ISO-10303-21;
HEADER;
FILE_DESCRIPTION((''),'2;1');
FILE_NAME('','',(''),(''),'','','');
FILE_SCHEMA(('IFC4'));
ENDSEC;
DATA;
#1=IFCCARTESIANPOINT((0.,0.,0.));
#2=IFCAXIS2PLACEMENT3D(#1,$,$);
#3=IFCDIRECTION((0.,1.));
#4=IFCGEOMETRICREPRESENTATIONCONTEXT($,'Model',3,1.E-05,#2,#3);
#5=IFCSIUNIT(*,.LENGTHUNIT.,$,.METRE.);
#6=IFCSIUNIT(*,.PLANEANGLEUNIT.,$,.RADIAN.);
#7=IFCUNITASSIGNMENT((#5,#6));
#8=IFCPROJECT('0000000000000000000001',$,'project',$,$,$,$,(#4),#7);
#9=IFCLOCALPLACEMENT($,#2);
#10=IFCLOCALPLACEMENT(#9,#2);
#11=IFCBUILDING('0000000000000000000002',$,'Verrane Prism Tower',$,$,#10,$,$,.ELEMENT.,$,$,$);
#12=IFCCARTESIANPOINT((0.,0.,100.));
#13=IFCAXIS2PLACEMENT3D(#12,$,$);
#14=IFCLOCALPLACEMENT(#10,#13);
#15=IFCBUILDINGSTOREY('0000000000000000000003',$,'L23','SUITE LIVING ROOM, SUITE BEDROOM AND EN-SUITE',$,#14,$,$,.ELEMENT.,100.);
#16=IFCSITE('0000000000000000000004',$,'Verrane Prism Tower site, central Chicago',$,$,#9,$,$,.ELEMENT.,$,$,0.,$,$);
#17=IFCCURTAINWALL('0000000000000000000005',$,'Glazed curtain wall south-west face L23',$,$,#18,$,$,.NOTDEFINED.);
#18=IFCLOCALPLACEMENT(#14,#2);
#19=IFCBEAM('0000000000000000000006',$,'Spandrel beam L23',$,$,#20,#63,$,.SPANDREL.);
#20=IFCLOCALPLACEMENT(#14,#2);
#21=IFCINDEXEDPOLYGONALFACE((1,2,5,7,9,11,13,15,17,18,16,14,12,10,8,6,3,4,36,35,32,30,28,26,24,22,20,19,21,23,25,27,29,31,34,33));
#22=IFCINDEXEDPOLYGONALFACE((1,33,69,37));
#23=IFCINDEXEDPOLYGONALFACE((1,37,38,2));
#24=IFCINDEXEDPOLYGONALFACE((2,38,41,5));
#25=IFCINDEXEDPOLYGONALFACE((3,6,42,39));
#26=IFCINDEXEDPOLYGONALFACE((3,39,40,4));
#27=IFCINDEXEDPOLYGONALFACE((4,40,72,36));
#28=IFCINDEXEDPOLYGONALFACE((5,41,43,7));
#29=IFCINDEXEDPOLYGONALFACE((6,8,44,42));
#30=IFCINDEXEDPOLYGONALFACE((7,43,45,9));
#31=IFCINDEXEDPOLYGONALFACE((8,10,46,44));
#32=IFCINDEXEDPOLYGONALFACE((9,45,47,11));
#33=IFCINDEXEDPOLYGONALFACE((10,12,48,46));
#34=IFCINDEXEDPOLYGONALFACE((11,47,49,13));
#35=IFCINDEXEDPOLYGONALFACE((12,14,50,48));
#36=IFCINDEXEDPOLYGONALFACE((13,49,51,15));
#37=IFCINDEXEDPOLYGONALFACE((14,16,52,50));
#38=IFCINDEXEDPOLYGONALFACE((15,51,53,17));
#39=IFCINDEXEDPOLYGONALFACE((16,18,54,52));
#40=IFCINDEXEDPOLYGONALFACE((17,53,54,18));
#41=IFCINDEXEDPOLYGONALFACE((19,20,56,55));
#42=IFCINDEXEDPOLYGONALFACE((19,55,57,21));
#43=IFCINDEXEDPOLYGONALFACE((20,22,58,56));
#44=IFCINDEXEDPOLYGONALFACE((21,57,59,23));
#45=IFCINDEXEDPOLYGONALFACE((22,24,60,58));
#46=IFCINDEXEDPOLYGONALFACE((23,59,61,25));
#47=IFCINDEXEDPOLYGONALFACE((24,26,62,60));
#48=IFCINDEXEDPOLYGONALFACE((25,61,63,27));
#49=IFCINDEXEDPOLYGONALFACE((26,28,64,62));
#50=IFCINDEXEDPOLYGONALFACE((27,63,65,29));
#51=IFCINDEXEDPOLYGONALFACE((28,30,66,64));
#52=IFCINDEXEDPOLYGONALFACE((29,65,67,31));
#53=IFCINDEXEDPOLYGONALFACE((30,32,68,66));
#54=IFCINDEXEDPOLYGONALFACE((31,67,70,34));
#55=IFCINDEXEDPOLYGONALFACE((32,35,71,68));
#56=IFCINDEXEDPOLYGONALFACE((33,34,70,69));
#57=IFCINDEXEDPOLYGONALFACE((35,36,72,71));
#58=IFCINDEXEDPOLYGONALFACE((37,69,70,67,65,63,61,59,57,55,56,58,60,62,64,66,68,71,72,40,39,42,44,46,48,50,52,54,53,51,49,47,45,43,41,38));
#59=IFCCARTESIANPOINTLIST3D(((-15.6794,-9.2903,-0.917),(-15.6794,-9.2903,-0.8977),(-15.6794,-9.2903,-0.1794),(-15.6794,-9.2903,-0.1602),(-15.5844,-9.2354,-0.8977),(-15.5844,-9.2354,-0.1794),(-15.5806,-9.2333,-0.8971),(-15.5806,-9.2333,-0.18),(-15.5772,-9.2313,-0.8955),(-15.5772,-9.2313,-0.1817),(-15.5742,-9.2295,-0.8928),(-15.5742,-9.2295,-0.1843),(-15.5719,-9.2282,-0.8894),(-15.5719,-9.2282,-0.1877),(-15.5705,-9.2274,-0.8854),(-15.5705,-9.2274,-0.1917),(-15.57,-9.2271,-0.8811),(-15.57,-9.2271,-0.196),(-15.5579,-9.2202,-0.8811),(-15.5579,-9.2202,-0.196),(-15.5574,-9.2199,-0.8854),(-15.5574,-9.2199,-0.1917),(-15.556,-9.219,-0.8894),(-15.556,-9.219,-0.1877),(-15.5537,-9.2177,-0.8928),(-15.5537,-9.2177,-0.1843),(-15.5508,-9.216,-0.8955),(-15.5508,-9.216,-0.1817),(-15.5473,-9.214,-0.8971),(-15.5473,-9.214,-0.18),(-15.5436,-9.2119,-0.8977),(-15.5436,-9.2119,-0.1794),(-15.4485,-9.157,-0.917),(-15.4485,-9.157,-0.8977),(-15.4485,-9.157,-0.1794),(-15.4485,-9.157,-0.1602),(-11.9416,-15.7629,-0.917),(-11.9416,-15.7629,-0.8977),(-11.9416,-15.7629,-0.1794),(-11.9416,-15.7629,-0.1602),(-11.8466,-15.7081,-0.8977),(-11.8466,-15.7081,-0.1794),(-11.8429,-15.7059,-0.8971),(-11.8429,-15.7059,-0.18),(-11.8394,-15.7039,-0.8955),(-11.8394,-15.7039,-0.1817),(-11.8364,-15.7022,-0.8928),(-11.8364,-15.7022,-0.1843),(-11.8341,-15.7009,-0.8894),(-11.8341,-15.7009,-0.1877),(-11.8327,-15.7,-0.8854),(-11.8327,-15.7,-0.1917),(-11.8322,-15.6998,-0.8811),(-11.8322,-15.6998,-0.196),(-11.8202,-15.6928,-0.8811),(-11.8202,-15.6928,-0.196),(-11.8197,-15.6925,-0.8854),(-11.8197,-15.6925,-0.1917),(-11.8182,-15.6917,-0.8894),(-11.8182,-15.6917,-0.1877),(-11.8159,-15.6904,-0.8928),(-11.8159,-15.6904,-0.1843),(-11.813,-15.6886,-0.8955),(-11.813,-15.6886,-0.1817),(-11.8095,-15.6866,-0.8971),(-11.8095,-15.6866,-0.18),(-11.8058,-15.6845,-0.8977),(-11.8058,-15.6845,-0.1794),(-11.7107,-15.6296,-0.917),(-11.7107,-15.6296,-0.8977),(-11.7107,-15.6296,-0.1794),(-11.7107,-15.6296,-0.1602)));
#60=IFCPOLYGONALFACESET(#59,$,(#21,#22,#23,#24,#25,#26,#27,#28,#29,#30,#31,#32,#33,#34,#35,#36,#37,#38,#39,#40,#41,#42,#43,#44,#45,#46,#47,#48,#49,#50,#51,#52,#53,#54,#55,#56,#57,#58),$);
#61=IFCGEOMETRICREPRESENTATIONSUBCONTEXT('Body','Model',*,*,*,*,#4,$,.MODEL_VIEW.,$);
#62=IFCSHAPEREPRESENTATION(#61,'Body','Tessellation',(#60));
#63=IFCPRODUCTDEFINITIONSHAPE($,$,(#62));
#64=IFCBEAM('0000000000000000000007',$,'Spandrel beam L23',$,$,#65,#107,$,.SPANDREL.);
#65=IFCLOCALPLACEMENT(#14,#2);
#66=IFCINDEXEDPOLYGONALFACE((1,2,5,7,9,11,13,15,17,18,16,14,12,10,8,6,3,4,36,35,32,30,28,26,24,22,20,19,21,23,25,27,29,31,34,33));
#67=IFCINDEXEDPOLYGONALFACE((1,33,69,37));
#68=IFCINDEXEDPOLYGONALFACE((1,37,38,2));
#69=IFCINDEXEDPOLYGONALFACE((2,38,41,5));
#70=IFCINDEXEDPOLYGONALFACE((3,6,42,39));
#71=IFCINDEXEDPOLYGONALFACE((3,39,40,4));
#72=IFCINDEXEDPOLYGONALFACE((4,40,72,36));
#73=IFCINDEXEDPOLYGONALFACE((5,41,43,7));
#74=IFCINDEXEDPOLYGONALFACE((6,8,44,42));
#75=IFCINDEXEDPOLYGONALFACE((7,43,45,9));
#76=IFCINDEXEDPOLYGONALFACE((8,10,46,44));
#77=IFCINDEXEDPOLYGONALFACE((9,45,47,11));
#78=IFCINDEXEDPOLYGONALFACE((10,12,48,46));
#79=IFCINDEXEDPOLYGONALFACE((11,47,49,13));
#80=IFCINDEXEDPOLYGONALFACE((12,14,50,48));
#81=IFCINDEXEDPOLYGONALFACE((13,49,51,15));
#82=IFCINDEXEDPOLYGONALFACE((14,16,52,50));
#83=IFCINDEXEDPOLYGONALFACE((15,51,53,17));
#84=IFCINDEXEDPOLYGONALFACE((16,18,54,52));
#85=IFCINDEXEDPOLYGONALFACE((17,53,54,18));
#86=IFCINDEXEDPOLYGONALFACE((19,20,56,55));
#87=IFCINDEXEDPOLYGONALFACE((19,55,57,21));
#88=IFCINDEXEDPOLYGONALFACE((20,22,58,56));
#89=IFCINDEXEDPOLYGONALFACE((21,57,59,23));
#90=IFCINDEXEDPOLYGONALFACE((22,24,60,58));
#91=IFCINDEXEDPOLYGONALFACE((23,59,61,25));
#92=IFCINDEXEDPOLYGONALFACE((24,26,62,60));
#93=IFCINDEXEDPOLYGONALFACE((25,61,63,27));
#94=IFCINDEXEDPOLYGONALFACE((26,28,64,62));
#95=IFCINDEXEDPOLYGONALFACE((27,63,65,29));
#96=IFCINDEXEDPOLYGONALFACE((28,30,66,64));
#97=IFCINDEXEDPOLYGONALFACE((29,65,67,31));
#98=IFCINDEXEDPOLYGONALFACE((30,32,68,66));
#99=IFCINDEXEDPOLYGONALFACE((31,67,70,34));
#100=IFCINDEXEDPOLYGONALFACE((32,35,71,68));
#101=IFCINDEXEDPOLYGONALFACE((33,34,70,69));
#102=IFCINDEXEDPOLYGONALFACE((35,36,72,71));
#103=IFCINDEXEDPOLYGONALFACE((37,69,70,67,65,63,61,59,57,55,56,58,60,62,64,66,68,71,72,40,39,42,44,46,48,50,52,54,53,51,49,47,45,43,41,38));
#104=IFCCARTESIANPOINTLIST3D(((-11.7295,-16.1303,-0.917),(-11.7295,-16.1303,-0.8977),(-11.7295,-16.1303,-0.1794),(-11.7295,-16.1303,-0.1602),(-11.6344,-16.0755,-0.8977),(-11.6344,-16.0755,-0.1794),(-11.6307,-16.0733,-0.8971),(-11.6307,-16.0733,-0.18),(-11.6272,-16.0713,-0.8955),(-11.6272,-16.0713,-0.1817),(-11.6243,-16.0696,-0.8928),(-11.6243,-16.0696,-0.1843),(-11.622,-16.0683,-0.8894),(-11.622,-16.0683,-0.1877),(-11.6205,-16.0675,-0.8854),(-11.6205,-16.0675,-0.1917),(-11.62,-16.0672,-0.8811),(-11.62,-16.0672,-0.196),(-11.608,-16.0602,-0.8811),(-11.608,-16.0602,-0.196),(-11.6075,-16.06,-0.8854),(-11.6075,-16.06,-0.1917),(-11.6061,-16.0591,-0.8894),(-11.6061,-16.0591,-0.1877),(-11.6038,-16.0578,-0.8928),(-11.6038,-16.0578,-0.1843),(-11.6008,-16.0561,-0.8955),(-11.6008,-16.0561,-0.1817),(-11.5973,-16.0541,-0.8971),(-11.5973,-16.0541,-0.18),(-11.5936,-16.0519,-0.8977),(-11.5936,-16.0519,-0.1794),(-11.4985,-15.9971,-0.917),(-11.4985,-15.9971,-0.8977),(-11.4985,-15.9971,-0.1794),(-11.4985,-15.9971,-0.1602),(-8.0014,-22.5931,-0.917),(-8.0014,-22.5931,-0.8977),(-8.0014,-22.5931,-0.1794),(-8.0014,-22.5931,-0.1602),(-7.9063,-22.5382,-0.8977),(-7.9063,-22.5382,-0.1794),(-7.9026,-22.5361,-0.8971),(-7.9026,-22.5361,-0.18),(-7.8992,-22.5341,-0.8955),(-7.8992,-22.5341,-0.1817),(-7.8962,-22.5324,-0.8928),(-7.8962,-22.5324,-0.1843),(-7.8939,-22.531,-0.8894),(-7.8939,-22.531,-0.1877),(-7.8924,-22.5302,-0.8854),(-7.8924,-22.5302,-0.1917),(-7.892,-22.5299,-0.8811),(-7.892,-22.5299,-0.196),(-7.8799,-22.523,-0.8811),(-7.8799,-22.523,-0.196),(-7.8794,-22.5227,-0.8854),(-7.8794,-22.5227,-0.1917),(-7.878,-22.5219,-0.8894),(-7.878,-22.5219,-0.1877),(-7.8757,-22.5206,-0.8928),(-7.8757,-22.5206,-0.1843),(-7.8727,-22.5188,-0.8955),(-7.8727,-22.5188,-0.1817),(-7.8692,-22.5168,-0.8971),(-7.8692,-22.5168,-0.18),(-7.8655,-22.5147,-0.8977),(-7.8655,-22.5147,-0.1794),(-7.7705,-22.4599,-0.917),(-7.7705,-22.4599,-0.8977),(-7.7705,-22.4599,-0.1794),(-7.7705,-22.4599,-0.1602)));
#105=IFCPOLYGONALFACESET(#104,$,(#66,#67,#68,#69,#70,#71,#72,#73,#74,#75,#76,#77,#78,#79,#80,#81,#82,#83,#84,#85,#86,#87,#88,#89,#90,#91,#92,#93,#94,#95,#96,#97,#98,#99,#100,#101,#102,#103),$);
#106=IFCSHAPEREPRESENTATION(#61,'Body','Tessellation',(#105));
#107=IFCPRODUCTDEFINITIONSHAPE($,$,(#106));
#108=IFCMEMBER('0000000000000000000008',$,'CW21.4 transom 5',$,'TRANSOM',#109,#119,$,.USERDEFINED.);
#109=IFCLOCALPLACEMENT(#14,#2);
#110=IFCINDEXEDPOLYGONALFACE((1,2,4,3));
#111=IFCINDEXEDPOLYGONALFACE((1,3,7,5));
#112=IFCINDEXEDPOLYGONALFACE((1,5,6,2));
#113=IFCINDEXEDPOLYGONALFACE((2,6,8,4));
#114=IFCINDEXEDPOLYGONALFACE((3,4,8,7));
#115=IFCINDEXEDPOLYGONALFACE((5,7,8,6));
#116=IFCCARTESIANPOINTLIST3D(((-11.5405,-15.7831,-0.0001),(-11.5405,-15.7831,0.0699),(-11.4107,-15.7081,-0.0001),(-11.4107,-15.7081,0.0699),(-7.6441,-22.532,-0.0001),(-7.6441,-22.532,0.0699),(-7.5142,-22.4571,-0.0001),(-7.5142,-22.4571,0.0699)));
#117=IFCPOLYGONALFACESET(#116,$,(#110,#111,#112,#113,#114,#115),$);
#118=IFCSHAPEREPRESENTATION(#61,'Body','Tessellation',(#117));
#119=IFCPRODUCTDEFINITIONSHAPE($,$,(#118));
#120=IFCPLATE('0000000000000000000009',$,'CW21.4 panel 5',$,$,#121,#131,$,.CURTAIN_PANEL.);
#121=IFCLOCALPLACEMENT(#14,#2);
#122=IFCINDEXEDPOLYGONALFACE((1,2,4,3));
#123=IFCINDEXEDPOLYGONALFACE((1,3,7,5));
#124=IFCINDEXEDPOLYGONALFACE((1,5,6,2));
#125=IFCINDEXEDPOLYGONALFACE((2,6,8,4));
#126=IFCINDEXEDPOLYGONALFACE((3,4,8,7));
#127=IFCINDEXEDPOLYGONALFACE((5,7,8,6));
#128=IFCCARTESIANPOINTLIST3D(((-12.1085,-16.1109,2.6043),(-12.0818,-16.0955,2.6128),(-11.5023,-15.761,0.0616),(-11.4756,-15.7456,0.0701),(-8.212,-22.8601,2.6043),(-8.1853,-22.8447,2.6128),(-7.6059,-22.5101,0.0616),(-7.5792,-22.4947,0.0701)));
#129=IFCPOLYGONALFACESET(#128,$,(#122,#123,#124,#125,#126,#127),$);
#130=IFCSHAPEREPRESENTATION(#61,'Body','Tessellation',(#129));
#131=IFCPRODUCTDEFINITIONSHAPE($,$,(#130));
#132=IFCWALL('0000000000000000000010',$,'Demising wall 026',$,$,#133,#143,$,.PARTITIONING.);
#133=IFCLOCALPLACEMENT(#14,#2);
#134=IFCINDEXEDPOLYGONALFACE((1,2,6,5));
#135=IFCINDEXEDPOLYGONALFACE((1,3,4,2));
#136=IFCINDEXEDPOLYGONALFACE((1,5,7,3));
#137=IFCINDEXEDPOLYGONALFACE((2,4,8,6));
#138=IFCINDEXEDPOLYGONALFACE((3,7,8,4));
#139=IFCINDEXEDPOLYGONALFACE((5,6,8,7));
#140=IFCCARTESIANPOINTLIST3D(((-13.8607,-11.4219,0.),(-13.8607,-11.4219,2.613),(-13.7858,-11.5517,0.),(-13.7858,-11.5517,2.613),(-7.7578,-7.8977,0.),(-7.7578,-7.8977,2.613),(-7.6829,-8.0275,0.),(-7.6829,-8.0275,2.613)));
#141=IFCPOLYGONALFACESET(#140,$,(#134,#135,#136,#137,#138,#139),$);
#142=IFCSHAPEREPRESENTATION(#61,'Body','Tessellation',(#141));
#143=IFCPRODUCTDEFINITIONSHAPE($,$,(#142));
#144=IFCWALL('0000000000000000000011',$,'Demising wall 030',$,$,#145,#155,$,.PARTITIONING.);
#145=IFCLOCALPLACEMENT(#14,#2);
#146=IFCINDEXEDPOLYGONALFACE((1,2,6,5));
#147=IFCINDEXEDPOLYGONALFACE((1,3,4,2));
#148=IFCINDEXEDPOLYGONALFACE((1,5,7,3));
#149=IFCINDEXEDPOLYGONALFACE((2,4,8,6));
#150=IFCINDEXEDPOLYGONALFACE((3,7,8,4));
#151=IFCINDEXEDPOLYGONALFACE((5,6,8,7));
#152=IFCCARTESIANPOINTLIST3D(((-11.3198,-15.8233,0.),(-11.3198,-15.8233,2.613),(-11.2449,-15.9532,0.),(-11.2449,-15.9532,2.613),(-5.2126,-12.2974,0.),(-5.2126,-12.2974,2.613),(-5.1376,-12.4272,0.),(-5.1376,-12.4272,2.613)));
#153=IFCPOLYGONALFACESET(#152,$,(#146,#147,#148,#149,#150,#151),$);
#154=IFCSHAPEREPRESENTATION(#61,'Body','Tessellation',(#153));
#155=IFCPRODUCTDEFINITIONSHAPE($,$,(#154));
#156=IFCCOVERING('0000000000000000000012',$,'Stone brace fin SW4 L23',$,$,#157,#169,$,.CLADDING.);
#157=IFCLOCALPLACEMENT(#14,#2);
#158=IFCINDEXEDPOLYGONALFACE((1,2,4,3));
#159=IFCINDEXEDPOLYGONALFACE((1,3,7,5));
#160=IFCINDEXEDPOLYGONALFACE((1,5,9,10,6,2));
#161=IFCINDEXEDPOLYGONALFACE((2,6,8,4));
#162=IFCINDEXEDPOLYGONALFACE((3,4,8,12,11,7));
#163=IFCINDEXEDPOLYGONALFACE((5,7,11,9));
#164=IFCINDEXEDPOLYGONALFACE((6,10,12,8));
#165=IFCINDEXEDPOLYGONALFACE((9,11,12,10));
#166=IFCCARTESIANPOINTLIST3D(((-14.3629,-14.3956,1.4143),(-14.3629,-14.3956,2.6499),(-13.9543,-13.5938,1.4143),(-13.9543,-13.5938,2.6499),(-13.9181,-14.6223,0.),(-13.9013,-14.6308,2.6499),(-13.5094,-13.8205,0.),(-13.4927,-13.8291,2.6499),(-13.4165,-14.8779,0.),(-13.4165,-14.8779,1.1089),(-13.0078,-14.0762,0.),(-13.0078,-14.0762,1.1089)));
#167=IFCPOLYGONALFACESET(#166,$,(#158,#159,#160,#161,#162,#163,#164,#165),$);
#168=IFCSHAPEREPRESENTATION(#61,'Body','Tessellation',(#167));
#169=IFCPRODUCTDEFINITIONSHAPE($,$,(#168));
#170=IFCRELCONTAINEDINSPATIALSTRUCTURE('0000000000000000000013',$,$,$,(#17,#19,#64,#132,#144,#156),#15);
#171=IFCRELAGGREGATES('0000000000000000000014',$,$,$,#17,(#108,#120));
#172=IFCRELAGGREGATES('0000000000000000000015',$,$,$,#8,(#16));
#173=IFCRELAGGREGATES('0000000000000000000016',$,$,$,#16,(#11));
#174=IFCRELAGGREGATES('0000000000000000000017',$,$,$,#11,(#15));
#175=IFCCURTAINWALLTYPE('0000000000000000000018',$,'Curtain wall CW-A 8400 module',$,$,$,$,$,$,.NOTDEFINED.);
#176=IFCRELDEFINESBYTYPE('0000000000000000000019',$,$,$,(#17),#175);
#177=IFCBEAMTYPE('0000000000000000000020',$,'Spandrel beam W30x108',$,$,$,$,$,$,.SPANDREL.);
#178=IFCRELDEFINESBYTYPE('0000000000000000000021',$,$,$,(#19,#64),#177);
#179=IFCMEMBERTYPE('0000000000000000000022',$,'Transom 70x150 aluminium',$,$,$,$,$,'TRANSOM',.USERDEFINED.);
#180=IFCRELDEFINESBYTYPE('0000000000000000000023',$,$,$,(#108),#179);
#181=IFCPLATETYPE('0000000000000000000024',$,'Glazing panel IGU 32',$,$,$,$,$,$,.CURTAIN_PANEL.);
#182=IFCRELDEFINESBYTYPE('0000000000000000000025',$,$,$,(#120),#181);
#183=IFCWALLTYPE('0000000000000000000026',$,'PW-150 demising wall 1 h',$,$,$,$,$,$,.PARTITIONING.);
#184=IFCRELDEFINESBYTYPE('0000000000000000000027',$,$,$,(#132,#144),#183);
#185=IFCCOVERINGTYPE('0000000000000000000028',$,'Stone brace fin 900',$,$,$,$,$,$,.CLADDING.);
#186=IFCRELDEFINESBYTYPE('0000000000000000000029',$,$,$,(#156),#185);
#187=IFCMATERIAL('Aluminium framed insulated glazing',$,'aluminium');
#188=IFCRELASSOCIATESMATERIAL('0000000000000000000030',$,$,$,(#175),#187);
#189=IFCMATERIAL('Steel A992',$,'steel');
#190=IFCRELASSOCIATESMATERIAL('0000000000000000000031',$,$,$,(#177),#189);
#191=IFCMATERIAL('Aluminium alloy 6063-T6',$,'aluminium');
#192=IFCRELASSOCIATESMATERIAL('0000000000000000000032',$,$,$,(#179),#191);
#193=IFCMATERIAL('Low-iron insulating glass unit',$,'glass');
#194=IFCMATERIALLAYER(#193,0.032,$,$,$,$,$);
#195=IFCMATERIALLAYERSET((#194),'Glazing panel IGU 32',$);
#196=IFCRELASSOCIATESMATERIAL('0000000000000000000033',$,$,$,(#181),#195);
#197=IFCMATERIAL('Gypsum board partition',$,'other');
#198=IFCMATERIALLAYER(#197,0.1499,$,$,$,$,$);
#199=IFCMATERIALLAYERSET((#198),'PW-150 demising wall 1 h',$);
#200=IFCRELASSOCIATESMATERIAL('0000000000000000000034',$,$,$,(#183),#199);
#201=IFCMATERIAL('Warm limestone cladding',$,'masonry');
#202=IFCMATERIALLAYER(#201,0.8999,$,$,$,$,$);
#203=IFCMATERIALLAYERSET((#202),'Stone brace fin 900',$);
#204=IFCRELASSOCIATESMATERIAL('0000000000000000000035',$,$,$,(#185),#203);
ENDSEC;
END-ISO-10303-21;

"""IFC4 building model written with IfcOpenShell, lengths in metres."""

from ifc_helpers import new_model, si_unit, direction, frame, frame_2d, origin, origin_2d, place, context, subcontext, project, spatial, polyline, rectangle, i_section, outline, extrude, material, layer, layer_set, material_profile, profile_set, type_object, element, aggregate, save


model = new_model("IFC4")

# Units and contexts
model_context = context("Model", 3, precision=1e-05, world=origin(), true_north=direction((0.0, 1.0)))
body_context = subcontext(model_context, "Body", "Model", "MODEL_VIEW")
ifc_project = project(units=[si_unit("LENGTHUNIT", "METRE"), si_unit("PLANEANGLEUNIT", "RADIAN")], contexts=[model_context])

# Site, building, storey
site_placement = place(None, origin())
site = spatial("IfcSite", under=ifc_project, at=site_placement, Name="Verrane Prism Tower site, central Chicago", CompositionType="ELEMENT", RefElevation=0.0)
building_placement = place(site_placement, origin())
building = spatial("IfcBuilding", under=site, at=building_placement, Name="Verrane Prism Tower", CompositionType="ELEMENT")
storey_placement = place(building_placement, frame((0.0, 0.0, 100.0)))
storey = spatial("IfcBuildingStorey", under=building, at=storey_placement, Name="L23", Description="SUITE LIVING ROOM, SUITE BEDROOM AND EN-SUITE", CompositionType="ELEMENT", Elevation=100.0)

# Curtain wall
ifc_material_1 = material(Name="Aluminium framed insulated glazing", Category="aluminium")
curtain_wall_type = type_object("IfcCurtainWallType", Name="Curtain wall CW-A 8400 module", PredefinedType="NOTDEFINED", material=ifc_material_1)
curtain_wall_placement = place(storey_placement, origin())
curtain_wall = element("IfcCurtainWall", 1, at=curtain_wall_placement, inside=storey, type_object=curtain_wall_type, Name="Glazed curtain wall south-west face L23", PredefinedType="NOTDEFINED")

# Beams
ifc_material_2 = material(Name="Steel A992", Category="steel")
ifc_material_profile_1 = material_profile(ifc_material_2, i_section(OverallWidth=0.2666, OverallDepth=0.7568, WebThickness=0.0139, FlangeThickness=0.0193, FilletRadius=0.0166, at=origin_2d()), Name="W30x108")
ifc_profile_set_1 = profile_set([ifc_material_profile_1], Name="Steel A992")
beam_type_1 = type_object("IfcBeamType", Name="Spandrel beam W30x108", PredefinedType="SPANDREL", material=ifc_profile_set_1)
beam_1_placement = place(storey_placement, frame((-15.564, -9.2236, -0.5386), z_axis=(0.500081, -0.865979, 0.0), x_axis=(0.865979, 0.500081, 0.0)))
element("IfcBeam", 2, at=beam_1_placement, inside=storey, type_object=beam_type_1, Name="Spandrel beam L23", PredefinedType="SPANDREL", context=body_context, shape_type="SweptSolid", body=[
    extrude(i_section(OverallWidth=0.2666, OverallDepth=0.7568, WebThickness=0.0139, FlangeThickness=0.0193, FilletRadius=0.0166, at=origin_2d()), origin(), (0.0, 0.0, 1.0), 7.4744),
])
beam_2_placement = place(storey_placement, frame((-11.614, -16.0637, -0.5386), z_axis=(0.49968, -0.86621, 0.0), x_axis=(0.86621, 0.49968, 0.0)))
element("IfcBeam", 3, at=beam_2_placement, inside=storey, type_object=beam_type_1, Name="Spandrel beam L23", PredefinedType="SPANDREL", context=body_context, shape_type="SweptSolid", body=[
    extrude(i_section(OverallWidth=0.2666, OverallDepth=0.7568, WebThickness=0.0139, FlangeThickness=0.0193, FilletRadius=0.0166, at=origin_2d()), origin(), (0.0, 0.0, 1.0), 7.4609),
])

# Member
ifc_material_3 = material(Name="Aluminium alloy 6063-T6", Category="aluminium")
ifc_material_profile_2 = material_profile(ifc_material_3, rectangle(XDim=0.1499, YDim=0.0701, at=origin_2d()), Name="Transom 70x150 aluminium")
ifc_profile_set_2 = profile_set([ifc_material_profile_2], Name="Aluminium alloy 6063-T6")
member_type_1 = type_object("IfcMemberType", Name="Transom 70x150 aluminium", ElementType="TRANSOM", PredefinedType="USERDEFINED", material=ifc_profile_set_2)
member_1_placement = place(storey_placement, frame((-11.4756, -15.7456, 0.0349), z_axis=(0.499994, -0.866029, 0.0), x_axis=(0.866029, 0.499994, 0.0)))
member_1 = element("IfcMember", 4, at=member_1_placement, type_object=member_type_1, Name="CW21.4 transom 5", ObjectType="TRANSOM", PredefinedType="USERDEFINED", context=body_context, shape_type="SweptSolid", body=[
    extrude(rectangle(XDim=0.1499, YDim=0.0701, at=origin_2d()), origin(), (0.0, 0.0, 1.0), 7.793),
])

# Plate
ifc_material_4 = material(Name="Low-iron insulating glass unit", Category="glass")
ifc_layer_1 = layer(ifc_material_4, 0.032)
ifc_layer_set_1 = layer_set([ifc_layer_1], Name="Glazing panel IGU 32")
plate_type = type_object("IfcPlateType", Name="Glazing panel IGU 32", PredefinedType="CURTAIN_PANEL", material=ifc_layer_set_1)
plate_placement = place(storey_placement, frame((-11.4756, -15.7456, 0.0701), z_axis=(0.834973, 0.482055, 0.265412), x_axis=(0.499987, -0.866033, -0.000002)))
plate = element("IfcPlate", 5, at=plate_placement, type_object=plate_type, Name="CW21.4 panel 5", PredefinedType="CURTAIN_PANEL", context=body_context, shape_type="SweptSolid", body=[
    extrude(outline(polyline([(0.0, 0.0), (7.7931, 0.0), (7.7932, -2.6373), (-0.0001, -2.6373), (0.0, 0.0)])), origin(), (0.0, 0.0, -1.0), 0.032),
])
aggregate(curtain_wall, [member_1, plate])

# Walls
ifc_material_5 = material(Name="Gypsum board partition", Category="other")
ifc_layer_2 = layer(ifc_material_5, 0.1499)
ifc_layer_set_2 = layer_set([ifc_layer_2], Name="PW-150 demising wall 1 h")
wall_type = type_object("IfcWallType", Name="PW-150 demising wall 1 h", PredefinedType="PARTITIONING", material=ifc_layer_set_2)
wall_1_placement = place(storey_placement, frame((-13.8232, -11.4868, 0.0), z_axis=(0.0, 0.0, 1.0), x_axis=(0.865981, 0.500077, 0.0)))
element("IfcWall", 6, at=wall_1_placement, inside=storey, type_object=wall_type, Name="Demising wall 026", PredefinedType="PARTITIONING", context=body_context, shape_type="SweptSolid", body=[
    extrude(rectangle(XDim=7.0474, YDim=0.1499, at=frame_2d((3.5237, 0.0))), origin(), (0.0, 0.0, 1.0), 2.613),
])
wall_2_placement = place(storey_placement, frame((-11.2822, -15.8882, 0.0), z_axis=(0.0, 0.0, 1.0), x_axis=(0.866032, 0.499989, 0.0)))
element("IfcWall", 7, at=wall_2_placement, inside=storey, type_object=wall_type, Name="Demising wall 030", PredefinedType="PARTITIONING", context=body_context, shape_type="SweptSolid", body=[
    extrude(rectangle(XDim=7.052, YDim=0.1499, at=frame_2d((3.5259, 0.0))), origin(), (0.0, 0.0, 1.0), 2.613),
])

# Covering
ifc_material_6 = material(Name="Warm limestone cladding", Category="masonry")
ifc_layer_3 = layer(ifc_material_6, 0.8999)
ifc_layer_set_3 = layer_set([ifc_layer_3], Name="Stone brace fin 900")
covering_type = type_object("IfcCoveringType", Name="Stone brace fin 900", PredefinedType="CLADDING", material=ifc_layer_set_3)
covering_placement = place(storey_placement, frame((-13.2122, -14.4771, 0.0), z_axis=(0.0, 0.0, 1.0), x_axis=(-0.890954, 0.454094, 0.0)))
element("IfcCovering", 8, at=covering_placement, inside=storey, type_object=covering_type, Name="Stone brace fin SW4 L23", PredefinedType="CLADDING", context=body_context, shape_type="SweptSolid", body=[
    extrude(outline(polyline([(1.0623, 2.6499), (0.5442, 2.6499), (0.0, 1.1089), (0.0, 0.0), (0.563, 0.0), (1.0623, 1.4143), (1.0623, 2.6499)])), frame((0.0, 0.45, 0.0), z_axis=(0.0, -1.0, 0.0), x_axis=(1.0, 0.0, 0.0)), (0.0, 0.0, 1.0), 0.8999),
])

save(model, "model.ifc")
